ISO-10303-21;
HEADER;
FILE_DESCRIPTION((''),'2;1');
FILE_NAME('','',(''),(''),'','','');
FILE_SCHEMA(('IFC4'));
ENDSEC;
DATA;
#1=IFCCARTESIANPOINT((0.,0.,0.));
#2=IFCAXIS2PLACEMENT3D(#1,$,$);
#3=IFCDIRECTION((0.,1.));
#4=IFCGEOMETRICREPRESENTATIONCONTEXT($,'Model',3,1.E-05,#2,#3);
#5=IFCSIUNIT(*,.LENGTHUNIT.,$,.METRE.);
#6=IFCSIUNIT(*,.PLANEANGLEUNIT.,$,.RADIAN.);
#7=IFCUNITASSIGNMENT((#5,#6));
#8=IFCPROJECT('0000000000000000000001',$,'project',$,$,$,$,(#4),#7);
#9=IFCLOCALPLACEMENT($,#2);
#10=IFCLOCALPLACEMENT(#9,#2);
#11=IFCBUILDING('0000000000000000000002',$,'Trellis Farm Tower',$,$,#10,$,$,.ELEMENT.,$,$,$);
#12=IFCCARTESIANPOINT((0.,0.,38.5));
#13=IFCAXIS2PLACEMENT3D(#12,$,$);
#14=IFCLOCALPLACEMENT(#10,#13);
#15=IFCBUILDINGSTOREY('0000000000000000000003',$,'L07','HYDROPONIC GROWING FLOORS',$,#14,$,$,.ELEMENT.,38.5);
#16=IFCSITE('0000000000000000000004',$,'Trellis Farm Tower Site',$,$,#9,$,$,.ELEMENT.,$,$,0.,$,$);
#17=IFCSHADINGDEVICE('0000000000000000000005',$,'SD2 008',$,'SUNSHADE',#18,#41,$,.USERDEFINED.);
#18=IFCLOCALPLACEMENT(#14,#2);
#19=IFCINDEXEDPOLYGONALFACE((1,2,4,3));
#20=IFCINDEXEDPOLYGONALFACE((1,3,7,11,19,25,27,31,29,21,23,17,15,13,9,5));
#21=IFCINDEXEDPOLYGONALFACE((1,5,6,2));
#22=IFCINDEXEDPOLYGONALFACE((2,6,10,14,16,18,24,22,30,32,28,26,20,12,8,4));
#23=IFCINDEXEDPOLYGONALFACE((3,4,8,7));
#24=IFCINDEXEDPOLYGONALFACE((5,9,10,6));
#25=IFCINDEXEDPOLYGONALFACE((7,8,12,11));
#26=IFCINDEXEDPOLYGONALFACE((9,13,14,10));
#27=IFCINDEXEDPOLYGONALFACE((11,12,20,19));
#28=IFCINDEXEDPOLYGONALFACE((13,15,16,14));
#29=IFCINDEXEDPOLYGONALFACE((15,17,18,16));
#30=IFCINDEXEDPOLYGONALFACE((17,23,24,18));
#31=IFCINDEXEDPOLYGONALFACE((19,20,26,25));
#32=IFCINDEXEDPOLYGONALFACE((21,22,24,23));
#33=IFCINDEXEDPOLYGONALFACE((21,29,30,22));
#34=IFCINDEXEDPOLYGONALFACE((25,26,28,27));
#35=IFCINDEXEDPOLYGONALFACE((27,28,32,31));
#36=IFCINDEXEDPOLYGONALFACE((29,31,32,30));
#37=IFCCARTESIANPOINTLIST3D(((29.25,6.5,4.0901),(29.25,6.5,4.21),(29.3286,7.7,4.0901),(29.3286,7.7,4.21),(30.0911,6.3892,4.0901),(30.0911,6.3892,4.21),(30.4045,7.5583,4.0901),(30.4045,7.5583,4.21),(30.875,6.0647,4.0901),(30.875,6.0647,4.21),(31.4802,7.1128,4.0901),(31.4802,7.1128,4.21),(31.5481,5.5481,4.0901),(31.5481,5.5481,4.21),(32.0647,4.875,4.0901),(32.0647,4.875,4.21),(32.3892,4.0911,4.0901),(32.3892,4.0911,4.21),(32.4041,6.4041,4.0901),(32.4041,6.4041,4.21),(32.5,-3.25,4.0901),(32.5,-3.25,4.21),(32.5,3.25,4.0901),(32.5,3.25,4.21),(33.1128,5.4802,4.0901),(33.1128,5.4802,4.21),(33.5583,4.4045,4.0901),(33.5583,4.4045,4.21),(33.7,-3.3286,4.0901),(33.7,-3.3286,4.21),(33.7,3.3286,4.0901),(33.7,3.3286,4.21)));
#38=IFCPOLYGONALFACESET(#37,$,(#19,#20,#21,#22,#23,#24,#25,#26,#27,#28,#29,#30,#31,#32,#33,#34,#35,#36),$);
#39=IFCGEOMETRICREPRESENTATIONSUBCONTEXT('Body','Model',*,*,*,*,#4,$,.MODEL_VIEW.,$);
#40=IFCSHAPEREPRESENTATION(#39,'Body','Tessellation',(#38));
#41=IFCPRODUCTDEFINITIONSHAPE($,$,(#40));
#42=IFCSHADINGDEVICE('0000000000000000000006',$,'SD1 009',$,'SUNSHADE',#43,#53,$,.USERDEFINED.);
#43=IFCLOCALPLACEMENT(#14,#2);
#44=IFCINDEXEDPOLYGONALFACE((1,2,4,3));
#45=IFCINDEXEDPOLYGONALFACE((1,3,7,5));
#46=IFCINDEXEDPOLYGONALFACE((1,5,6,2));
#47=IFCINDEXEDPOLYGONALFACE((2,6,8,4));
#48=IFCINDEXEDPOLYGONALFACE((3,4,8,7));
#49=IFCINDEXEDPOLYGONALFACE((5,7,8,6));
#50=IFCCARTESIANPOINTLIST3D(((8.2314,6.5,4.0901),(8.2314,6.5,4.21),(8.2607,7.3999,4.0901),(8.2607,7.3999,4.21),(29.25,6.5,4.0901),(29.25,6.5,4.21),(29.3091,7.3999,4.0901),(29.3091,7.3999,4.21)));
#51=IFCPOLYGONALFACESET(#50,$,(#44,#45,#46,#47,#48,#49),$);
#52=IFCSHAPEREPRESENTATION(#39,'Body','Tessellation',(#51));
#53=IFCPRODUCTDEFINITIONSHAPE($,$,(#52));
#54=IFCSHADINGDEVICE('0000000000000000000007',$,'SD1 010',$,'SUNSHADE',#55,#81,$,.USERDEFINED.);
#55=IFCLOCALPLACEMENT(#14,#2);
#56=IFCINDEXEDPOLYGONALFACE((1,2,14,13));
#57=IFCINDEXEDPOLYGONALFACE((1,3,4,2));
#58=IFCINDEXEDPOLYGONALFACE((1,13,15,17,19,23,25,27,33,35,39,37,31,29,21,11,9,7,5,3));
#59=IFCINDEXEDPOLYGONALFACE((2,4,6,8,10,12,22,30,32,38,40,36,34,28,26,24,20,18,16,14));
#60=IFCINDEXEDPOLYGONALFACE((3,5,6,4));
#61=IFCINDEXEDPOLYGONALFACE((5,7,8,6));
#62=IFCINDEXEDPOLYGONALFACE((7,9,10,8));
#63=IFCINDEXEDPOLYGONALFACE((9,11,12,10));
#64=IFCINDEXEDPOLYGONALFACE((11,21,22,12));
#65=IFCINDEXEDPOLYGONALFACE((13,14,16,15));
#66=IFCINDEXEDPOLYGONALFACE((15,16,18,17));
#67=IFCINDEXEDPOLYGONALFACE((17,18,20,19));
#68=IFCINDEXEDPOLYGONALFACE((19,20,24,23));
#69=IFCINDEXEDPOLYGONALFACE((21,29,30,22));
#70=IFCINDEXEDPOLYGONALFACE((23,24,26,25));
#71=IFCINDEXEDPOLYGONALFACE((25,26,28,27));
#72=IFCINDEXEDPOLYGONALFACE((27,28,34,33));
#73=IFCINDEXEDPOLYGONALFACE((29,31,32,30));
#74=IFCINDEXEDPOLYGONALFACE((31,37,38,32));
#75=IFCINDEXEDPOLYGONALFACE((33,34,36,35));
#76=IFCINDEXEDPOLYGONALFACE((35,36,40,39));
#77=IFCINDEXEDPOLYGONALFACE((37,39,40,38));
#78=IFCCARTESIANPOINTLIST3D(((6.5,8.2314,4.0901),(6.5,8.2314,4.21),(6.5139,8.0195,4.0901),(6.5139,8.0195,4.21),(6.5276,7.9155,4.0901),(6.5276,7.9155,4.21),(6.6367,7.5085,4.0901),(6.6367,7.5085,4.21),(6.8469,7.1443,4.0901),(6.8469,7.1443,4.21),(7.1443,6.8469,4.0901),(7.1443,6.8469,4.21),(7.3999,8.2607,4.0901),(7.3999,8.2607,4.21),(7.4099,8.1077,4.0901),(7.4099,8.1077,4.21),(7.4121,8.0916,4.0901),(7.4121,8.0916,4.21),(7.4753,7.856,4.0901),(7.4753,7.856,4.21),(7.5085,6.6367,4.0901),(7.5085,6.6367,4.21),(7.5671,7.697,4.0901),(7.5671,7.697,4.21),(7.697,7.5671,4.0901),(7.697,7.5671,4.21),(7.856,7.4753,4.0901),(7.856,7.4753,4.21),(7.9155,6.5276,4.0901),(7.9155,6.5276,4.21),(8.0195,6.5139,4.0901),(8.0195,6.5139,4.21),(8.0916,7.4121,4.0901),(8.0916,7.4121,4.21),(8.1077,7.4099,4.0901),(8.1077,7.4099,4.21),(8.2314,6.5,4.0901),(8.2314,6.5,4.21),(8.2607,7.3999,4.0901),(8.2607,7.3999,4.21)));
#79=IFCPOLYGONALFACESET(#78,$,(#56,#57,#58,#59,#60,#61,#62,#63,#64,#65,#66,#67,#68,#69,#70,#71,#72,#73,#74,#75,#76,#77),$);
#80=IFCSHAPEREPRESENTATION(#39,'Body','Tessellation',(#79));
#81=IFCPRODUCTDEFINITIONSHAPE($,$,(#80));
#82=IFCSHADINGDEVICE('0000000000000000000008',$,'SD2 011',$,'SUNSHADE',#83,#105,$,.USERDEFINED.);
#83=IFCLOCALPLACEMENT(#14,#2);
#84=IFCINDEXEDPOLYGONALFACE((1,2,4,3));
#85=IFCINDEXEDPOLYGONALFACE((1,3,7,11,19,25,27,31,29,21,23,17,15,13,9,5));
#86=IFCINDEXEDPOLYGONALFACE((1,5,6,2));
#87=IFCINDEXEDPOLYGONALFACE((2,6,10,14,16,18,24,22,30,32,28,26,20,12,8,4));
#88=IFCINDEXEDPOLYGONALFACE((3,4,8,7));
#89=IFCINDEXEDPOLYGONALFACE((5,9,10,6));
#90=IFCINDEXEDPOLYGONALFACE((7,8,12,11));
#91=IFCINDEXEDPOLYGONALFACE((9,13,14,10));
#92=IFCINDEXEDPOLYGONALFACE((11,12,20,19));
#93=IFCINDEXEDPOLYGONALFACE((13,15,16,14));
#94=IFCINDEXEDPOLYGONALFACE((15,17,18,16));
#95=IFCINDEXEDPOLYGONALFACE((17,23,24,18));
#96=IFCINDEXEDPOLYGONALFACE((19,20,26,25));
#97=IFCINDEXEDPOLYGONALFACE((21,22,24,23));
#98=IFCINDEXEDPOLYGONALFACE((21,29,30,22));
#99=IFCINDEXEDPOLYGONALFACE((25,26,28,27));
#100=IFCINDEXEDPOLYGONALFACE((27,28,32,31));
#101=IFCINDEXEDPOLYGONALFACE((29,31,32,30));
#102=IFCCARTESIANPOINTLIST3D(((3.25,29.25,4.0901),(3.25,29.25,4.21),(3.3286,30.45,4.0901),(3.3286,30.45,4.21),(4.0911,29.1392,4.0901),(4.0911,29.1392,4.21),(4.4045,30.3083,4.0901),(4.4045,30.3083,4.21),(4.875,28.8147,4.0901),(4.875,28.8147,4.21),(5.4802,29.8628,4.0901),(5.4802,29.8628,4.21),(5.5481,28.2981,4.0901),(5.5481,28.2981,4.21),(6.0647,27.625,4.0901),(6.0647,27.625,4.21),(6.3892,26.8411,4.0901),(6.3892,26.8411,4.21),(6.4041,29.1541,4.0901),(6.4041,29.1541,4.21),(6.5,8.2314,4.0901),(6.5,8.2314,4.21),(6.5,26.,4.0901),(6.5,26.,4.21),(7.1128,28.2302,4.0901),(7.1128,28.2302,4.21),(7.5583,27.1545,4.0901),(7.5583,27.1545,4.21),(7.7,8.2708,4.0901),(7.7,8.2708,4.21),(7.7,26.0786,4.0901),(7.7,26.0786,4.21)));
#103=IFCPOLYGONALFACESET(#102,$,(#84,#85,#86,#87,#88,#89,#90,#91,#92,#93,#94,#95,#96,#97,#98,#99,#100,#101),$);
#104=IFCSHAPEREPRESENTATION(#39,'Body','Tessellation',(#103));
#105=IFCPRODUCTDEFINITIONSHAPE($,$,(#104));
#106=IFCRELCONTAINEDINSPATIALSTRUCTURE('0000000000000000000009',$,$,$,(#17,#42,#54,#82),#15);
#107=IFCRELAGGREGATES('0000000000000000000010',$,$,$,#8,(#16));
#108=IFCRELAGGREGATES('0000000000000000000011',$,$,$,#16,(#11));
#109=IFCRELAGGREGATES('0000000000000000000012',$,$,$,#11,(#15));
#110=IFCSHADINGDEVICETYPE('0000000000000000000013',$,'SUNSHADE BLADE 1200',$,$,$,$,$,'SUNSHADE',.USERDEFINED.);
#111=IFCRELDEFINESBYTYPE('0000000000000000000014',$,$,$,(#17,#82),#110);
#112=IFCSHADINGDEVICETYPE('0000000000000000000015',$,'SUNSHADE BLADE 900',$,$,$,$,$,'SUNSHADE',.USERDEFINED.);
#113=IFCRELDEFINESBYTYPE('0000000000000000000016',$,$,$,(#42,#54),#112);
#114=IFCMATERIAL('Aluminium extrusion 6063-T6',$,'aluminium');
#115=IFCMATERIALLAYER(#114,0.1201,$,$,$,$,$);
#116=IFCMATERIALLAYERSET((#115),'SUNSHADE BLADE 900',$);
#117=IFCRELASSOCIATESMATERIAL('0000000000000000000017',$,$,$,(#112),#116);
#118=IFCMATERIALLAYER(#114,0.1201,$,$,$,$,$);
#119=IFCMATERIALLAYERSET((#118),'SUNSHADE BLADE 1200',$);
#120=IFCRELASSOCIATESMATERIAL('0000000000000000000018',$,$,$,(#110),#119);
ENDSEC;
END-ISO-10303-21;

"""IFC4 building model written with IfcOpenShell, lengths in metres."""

from ifc_helpers import new_model, si_unit, direction, frame, origin, place, context, subcontext, project, spatial, polyline, outline, extrude, source, transform, mapped, material, layer, layer_set, type_object, element, save


model = new_model("IFC4")

# Units and contexts
model_context = context("Model", 3, precision=1e-05, world=origin(), true_north=direction((0.0, 1.0)))
body_context = subcontext(model_context, "Body", "Model", "MODEL_VIEW")
ifc_project = project(units=[si_unit("LENGTHUNIT", "METRE"), si_unit("PLANEANGLEUNIT", "RADIAN")], contexts=[model_context])

# Site, building, storey
site_placement = place(None, origin())
site = spatial("IfcSite", under=ifc_project, at=site_placement, Name="Trellis Farm Tower Site", CompositionType="ELEMENT", RefElevation=0.0)
building_placement = place(site_placement, origin())
building = spatial("IfcBuilding", under=site, at=building_placement, Name="Trellis Farm Tower", CompositionType="ELEMENT")
storey_placement = place(building_placement, frame((0.0, 0.0, 38.5)))
storey = spatial("IfcBuildingStorey", under=building, at=storey_placement, Name="L07", Description="HYDROPONIC GROWING FLOORS", CompositionType="ELEMENT", Elevation=38.5)

# Shared definitions
ifc_material_1 = material(Name="Aluminium extrusion 6063-T6", Category="aluminium")

# Shading devices
ifc_layer_1 = layer(ifc_material_1, 0.1201)
ifc_layer_set_1 = layer_set([ifc_layer_1], Name="SUNSHADE BLADE 900")
shading_device_type_1 = type_object("IfcShadingDeviceType", Name="SUNSHADE BLADE 900", ElementType="SUNSHADE", PredefinedType="USERDEFINED", material=ifc_layer_set_1)
placement_1 = place(storey_placement, frame((0.0, 0.0, 4.0901)))
ifc_layer_2 = layer(ifc_material_1, 0.1201)
ifc_layer_set_2 = layer_set([ifc_layer_2], Name="SUNSHADE BLADE 1200")
shading_device_type_2 = type_object("IfcShadingDeviceType", Name="SUNSHADE BLADE 1200", ElementType="SUNSHADE", PredefinedType="USERDEFINED", material=ifc_layer_set_2)
shared_shape_1 = source(origin(), body_context, "Body", "SweptSolid", [
    extrude(outline(polyline([(33.7, -3.3286), (33.7, 3.3286), (33.5583, 4.4045), (33.1128, 5.4802), (32.4041, 6.4041), (31.4802, 7.1128), (30.4045, 7.5583), (29.3286, 7.7), (29.25, 6.5), (30.0911, 6.3892), (30.875, 6.0647), (31.5481, 5.5481), (32.0647, 4.875), (32.3892, 4.0911), (32.5, 3.25), (32.5, -3.25), (33.7, -3.3286)])), origin(), (0.0, 0.0, 1.0), 0.1199),
])
element("IfcShadingDevice", 1, at=placement_1, inside=storey, type_object=shading_device_type_2, Name="SD2 008", ObjectType="SUNSHADE", PredefinedType="USERDEFINED", context=body_context, shape_type="MappedRepresentation", body=[
    mapped(shared_shape_1, transform((0.0, 0.0, 0.0))),
])
shared_shape_2 = source(origin(), body_context, "Body", "SweptSolid", [
    extrude(outline(polyline([(29.3091, 7.3999), (8.2607, 7.3999), (8.2314, 6.5), (29.25, 6.5), (29.3091, 7.3999)])), origin(), (0.0, 0.0, 1.0), 0.1199),
])
element("IfcShadingDevice", 2, at=placement_1, inside=storey, type_object=shading_device_type_1, Name="SD1 009", ObjectType="SUNSHADE", PredefinedType="USERDEFINED", context=body_context, shape_type="MappedRepresentation", body=[
    mapped(shared_shape_2, transform((0.0, 0.0, 0.0))),
])
shared_shape_3 = source(origin(), body_context, "Body", "SweptSolid", [
    extrude(outline(polyline([(8.2607, 7.3999), (8.1077, 7.4099), (8.0916, 7.4121), (7.856, 7.4753), (7.697, 7.5671), (7.5671, 7.697), (7.4753, 7.856), (7.4121, 8.0916), (7.4099, 8.1077), (7.3999, 8.2607), (6.5, 8.2314), (6.5139, 8.0195), (6.5276, 7.9155), (6.6367, 7.5085), (6.8469, 7.1443), (7.1443, 6.8469), (7.5085, 6.6367), (7.9155, 6.5276), (8.0195, 6.5139), (8.2314, 6.5), (8.2607, 7.3999)])), origin(), (0.0, 0.0, 1.0), 0.1199),
])
element("IfcShadingDevice", 3, at=placement_1, inside=storey, type_object=shading_device_type_1, Name="SD1 010", ObjectType="SUNSHADE", PredefinedType="USERDEFINED", context=body_context, shape_type="MappedRepresentation", body=[
    mapped(shared_shape_3, transform((0.0, 0.0, 0.0))),
])
shared_shape_4 = source(origin(), body_context, "Body", "SweptSolid", [
    extrude(outline(polyline([(7.7, 8.2708), (7.7, 26.0786), (7.5583, 27.1545), (7.1128, 28.2302), (6.4041, 29.1541), (5.4802, 29.8628), (4.4045, 30.3083), (3.3286, 30.45), (3.25, 29.25), (4.0911, 29.1392), (4.875, 28.8147), (5.5481, 28.2981), (6.0647, 27.625), (6.3892, 26.8411), (6.5, 26.0), (6.5, 8.2314), (7.7, 8.2708)])), origin(), (0.0, 0.0, 1.0), 0.1199),
])
element("IfcShadingDevice", 4, at=placement_1, inside=storey, type_object=shading_device_type_2, Name="SD2 011", ObjectType="SUNSHADE", PredefinedType="USERDEFINED", context=body_context, shape_type="MappedRepresentation", body=[
    mapped(shared_shape_4, transform((0.0, 0.0, 0.0))),
])

save(model, "model.ifc")
